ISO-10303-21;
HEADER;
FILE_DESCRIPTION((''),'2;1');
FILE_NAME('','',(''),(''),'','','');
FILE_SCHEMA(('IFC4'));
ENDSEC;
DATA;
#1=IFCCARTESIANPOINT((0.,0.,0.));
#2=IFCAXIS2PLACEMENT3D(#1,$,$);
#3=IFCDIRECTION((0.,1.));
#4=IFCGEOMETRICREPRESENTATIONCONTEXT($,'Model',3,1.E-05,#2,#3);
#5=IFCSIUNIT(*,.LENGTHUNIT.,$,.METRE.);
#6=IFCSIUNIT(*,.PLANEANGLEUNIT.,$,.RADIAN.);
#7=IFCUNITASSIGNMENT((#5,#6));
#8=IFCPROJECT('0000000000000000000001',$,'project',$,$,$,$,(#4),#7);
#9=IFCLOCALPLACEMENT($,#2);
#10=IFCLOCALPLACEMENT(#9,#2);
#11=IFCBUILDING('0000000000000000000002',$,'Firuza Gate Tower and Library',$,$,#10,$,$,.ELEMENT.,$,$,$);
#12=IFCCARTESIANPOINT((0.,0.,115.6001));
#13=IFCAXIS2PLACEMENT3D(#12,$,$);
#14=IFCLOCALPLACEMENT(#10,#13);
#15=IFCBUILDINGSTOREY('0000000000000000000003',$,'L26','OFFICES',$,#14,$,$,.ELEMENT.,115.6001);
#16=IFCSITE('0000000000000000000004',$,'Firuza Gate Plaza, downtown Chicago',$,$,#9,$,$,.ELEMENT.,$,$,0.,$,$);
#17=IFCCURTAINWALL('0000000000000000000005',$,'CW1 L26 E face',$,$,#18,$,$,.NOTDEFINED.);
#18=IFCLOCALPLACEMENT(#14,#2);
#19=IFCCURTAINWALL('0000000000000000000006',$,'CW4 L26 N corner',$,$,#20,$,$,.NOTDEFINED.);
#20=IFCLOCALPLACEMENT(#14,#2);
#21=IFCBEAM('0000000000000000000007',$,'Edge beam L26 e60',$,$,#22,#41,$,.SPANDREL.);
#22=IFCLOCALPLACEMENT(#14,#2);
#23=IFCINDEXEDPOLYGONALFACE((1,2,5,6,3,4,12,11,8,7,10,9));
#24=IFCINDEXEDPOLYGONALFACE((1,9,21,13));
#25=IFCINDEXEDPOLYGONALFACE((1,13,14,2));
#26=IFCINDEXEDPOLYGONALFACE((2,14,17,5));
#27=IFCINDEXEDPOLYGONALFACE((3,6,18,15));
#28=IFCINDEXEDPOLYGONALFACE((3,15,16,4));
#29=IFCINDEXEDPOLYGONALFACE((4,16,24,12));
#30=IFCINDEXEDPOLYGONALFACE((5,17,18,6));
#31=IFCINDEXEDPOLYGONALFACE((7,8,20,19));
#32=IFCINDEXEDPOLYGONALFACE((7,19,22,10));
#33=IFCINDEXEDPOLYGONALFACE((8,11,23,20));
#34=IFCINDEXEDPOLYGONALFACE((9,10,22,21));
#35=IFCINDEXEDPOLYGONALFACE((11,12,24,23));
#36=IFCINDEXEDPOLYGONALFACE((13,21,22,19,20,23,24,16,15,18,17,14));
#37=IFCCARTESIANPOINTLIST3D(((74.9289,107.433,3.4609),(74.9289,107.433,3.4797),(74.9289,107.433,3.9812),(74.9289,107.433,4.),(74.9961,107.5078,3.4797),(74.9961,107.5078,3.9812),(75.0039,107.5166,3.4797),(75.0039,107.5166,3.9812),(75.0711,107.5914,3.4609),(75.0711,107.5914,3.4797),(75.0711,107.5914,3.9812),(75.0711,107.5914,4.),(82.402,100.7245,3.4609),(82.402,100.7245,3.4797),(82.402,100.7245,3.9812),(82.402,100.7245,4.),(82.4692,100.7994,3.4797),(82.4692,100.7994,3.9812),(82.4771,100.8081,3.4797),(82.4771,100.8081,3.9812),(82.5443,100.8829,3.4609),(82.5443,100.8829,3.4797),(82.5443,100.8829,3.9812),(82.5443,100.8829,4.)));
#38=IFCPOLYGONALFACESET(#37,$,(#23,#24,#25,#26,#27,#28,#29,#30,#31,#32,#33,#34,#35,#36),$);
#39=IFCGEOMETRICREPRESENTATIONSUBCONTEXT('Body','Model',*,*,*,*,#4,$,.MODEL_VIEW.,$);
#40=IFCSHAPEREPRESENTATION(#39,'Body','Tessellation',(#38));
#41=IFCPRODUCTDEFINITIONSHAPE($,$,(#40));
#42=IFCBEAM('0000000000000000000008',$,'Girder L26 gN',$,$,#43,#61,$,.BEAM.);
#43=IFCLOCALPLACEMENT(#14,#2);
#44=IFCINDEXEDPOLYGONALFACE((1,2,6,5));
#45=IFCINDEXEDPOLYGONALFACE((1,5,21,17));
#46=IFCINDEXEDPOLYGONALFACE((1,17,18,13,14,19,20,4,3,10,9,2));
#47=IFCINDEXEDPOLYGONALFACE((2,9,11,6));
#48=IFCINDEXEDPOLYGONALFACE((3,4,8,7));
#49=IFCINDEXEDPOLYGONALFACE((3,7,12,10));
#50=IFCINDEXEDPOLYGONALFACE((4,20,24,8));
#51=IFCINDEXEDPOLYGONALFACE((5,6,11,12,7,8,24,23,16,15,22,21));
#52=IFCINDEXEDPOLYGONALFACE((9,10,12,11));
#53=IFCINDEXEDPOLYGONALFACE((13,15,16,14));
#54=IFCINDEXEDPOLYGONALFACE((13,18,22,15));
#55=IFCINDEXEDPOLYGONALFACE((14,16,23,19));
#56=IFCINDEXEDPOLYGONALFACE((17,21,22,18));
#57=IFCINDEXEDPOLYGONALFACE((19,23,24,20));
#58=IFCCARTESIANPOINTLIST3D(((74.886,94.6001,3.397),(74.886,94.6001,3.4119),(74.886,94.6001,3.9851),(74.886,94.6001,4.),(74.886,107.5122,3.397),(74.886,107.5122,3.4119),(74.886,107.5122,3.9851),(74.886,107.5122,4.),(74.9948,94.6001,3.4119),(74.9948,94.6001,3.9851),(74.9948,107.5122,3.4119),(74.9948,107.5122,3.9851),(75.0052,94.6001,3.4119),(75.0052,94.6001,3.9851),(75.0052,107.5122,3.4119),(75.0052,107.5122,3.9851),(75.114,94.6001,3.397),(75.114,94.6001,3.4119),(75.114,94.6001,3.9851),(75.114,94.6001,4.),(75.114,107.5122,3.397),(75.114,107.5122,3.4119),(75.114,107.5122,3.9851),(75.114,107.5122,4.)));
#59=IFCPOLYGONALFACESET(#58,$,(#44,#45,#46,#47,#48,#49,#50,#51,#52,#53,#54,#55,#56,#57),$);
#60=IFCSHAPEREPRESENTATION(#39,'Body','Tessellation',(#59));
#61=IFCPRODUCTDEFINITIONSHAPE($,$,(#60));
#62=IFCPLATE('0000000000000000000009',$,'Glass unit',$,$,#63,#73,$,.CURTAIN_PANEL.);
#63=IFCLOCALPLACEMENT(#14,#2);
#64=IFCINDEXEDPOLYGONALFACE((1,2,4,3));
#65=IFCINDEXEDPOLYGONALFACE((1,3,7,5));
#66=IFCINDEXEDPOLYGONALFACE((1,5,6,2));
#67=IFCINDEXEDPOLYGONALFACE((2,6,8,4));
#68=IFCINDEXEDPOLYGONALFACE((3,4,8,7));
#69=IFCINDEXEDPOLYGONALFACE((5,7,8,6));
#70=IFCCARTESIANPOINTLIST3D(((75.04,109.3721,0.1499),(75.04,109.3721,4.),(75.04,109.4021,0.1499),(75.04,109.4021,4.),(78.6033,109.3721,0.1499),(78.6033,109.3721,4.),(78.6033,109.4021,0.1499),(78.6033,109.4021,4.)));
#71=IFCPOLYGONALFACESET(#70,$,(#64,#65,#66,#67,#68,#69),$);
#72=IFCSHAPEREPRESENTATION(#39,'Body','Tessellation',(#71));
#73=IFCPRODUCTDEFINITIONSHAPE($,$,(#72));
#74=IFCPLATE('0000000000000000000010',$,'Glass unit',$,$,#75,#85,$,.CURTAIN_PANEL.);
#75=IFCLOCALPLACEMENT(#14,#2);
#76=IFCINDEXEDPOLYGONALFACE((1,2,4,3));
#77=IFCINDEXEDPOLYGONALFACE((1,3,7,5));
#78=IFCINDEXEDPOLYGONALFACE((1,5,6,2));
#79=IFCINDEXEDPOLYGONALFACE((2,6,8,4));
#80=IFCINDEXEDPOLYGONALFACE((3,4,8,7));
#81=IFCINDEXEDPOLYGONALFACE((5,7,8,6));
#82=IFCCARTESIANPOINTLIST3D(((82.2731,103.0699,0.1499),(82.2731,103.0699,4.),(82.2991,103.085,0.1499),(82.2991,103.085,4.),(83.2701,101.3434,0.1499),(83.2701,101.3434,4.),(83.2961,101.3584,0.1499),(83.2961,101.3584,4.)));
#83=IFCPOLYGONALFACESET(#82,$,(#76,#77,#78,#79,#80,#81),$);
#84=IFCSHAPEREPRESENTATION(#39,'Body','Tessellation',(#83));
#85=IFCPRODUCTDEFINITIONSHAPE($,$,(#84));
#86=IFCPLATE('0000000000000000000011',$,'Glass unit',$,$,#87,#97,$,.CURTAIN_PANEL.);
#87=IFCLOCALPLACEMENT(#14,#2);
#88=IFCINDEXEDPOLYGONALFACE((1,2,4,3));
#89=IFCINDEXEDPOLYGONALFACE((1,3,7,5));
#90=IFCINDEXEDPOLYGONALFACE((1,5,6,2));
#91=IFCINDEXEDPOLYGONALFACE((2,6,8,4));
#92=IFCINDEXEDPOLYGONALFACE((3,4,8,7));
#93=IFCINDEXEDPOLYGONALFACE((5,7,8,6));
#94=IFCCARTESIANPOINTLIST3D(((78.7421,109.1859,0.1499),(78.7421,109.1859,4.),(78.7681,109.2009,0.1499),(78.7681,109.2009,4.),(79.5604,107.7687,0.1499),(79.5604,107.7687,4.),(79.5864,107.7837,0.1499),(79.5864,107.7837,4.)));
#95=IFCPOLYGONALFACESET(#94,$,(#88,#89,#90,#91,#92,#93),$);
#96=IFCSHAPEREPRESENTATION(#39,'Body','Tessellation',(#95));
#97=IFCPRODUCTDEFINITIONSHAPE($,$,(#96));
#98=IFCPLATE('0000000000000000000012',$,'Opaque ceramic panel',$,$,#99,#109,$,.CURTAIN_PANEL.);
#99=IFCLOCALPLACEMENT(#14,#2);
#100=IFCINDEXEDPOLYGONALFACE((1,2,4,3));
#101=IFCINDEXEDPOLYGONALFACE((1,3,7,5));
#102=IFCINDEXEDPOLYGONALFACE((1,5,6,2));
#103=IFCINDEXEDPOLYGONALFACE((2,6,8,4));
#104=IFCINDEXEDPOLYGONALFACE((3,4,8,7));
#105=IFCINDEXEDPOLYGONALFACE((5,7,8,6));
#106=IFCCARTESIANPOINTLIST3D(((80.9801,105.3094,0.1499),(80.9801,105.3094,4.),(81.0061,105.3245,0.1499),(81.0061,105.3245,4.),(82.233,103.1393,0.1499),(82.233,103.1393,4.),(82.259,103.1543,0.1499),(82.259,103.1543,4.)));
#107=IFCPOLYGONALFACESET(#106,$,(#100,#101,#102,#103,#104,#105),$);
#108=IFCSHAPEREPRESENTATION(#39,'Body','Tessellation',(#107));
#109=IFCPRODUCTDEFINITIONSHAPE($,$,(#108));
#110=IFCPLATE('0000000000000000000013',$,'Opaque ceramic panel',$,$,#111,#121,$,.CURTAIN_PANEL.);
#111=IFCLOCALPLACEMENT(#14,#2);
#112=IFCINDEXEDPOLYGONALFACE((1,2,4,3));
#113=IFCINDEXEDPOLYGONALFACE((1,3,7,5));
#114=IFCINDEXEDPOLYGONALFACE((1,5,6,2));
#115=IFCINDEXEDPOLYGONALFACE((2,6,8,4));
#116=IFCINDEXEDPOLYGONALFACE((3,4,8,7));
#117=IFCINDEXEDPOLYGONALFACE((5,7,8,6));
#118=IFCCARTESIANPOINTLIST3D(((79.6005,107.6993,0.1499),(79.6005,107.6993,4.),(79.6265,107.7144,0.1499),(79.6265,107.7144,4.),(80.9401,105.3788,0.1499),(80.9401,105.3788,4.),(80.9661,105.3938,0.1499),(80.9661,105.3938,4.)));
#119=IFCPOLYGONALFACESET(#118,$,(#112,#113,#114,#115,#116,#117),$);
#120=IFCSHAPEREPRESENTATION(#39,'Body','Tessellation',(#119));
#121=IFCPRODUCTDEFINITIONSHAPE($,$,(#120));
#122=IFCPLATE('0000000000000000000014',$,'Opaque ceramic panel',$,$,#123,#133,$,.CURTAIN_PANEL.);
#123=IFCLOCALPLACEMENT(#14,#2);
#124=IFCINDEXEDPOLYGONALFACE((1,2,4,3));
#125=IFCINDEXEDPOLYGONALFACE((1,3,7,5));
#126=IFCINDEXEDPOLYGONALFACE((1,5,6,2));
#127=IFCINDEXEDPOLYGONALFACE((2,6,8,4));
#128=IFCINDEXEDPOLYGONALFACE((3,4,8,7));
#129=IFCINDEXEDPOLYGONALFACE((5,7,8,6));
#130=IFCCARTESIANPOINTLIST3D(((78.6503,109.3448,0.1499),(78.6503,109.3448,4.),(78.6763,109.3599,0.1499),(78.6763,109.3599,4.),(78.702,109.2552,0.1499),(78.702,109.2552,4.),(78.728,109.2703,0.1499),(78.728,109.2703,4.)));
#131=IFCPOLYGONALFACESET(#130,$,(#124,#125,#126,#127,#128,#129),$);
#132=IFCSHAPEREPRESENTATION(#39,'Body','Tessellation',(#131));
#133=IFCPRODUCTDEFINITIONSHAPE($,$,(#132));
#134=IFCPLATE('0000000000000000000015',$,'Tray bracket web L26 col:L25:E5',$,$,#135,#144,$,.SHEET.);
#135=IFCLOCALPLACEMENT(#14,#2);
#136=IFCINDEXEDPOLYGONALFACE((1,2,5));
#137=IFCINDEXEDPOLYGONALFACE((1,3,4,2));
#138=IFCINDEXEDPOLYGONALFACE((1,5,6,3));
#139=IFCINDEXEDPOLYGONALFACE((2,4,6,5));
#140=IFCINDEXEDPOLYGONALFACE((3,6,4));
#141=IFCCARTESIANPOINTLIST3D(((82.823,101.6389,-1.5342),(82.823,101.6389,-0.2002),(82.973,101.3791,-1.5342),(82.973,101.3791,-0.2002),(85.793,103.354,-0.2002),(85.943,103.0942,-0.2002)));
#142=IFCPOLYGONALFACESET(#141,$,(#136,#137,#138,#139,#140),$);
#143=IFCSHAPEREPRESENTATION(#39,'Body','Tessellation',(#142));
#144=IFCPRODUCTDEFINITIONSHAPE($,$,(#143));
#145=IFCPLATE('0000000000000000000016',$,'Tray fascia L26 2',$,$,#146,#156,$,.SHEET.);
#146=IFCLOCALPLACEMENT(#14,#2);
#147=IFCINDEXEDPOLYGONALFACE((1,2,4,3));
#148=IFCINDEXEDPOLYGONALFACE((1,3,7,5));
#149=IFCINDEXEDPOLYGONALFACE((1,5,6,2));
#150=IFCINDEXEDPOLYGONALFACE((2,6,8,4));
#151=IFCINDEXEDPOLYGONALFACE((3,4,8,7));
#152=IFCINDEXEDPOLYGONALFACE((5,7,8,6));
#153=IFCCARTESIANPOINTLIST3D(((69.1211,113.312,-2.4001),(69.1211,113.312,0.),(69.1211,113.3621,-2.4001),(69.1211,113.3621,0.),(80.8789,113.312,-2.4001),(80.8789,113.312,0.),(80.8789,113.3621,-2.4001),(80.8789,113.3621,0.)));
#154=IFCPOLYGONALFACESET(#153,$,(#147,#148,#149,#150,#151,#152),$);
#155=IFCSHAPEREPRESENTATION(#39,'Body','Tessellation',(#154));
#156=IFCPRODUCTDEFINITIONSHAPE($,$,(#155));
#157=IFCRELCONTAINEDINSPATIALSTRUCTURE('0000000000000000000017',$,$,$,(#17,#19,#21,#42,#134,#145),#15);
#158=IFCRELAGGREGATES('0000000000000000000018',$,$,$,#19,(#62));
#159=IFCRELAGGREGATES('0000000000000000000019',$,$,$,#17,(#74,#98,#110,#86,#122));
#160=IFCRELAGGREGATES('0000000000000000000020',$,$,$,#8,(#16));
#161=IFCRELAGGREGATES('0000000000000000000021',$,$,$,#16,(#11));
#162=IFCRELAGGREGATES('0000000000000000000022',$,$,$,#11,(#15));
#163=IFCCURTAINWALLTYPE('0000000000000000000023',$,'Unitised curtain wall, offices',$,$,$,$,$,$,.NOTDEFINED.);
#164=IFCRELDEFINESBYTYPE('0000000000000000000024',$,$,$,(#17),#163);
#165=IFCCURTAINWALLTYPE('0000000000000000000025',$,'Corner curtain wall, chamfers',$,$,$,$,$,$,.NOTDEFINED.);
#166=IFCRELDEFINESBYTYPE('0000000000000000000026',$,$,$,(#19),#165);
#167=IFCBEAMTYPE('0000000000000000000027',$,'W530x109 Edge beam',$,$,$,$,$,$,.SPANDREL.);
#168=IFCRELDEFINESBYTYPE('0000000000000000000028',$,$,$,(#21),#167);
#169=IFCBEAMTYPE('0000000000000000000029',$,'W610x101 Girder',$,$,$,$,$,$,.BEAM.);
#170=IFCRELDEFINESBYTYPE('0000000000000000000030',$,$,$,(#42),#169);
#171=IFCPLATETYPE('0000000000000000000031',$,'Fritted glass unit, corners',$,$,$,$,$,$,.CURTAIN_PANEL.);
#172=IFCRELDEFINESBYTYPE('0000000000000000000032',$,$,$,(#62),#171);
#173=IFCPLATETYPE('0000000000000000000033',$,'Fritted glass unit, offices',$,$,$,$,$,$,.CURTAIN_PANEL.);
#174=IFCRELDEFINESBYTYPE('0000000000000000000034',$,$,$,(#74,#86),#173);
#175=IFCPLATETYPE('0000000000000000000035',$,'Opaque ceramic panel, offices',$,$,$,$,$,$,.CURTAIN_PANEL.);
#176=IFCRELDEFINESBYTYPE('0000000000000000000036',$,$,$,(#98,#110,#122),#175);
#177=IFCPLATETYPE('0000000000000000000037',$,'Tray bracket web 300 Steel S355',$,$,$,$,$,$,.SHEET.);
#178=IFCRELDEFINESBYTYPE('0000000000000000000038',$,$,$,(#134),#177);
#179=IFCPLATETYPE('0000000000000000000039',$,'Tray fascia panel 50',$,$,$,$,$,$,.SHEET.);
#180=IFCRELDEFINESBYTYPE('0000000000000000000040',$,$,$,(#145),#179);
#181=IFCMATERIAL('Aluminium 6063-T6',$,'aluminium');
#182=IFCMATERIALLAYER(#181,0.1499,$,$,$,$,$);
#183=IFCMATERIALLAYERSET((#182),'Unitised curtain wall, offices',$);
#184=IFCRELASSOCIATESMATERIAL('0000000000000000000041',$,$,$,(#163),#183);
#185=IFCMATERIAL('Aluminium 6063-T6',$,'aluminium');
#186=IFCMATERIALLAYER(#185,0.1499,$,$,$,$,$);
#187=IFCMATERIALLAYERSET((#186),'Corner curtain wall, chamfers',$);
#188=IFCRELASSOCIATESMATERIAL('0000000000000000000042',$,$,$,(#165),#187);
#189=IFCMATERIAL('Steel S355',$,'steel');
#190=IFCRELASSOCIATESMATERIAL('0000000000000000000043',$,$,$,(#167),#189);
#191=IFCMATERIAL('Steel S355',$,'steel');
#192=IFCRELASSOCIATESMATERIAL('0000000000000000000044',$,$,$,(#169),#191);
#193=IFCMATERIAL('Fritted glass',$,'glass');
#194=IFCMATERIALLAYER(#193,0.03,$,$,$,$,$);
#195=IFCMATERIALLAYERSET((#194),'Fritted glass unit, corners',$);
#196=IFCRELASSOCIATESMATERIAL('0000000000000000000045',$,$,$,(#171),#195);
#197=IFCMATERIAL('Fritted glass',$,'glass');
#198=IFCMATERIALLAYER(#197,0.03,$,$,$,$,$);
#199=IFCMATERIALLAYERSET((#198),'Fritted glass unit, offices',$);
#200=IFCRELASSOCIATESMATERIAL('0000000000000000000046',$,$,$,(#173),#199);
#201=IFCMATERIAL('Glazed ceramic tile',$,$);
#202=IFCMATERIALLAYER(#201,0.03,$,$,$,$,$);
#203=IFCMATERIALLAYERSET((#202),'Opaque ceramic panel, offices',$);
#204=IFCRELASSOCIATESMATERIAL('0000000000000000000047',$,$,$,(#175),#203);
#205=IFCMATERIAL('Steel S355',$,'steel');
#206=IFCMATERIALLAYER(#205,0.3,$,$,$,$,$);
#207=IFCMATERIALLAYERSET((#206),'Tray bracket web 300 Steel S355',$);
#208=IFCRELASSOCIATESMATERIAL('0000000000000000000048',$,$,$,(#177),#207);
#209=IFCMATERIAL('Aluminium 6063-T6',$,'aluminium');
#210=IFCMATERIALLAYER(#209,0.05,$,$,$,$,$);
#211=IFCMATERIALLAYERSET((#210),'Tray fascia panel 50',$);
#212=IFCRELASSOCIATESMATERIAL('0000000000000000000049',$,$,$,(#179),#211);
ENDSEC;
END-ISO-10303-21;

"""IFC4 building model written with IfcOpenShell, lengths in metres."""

from ifc_helpers import new_model, si_unit, direction, frame, origin, origin_2d, place, context, subcontext, project, spatial, polyline, i_section, outline, extrude, material, layer, layer_set, material_profile, profile_set, type_object, element, aggregate, save


model = new_model("IFC4")

# Units and contexts
model_context = context("Model", 3, precision=1e-05, world=origin(), true_north=direction((0.0, 1.0)))
body_context = subcontext(model_context, "Body", "Model", "MODEL_VIEW")
ifc_project = project(units=[si_unit("LENGTHUNIT", "METRE"), si_unit("PLANEANGLEUNIT", "RADIAN")], contexts=[model_context])

# Site, building, storey
site_placement = place(None, origin())
site = spatial("IfcSite", under=ifc_project, at=site_placement, Name="Firuza Gate Plaza, downtown Chicago", CompositionType="ELEMENT", RefElevation=0.0)
building_placement = place(site_placement, origin())
building = spatial("IfcBuilding", under=site, at=building_placement, Name="Firuza Gate Tower and Library", CompositionType="ELEMENT")
storey_placement = place(building_placement, frame((0.0, 0.0, 115.6001)))
storey = spatial("IfcBuildingStorey", under=building, at=storey_placement, Name="L26", Description="OFFICES", CompositionType="ELEMENT", Elevation=115.6001)

# Curtain walls
ifc_material_1 = material(Name="Aluminium 6063-T6", Category="aluminium")
ifc_layer_1 = layer(ifc_material_1, 0.1499)
ifc_layer_set_1 = layer_set([ifc_layer_1], Name="Unitised curtain wall, offices")
curtain_wall_type_1 = type_object("IfcCurtainWallType", Name="Unitised curtain wall, offices", PredefinedType="NOTDEFINED", material=ifc_layer_set_1)
placement = place(storey_placement, origin())
curtain_wall_1 = element("IfcCurtainWall", 1, at=placement, inside=storey, type_object=curtain_wall_type_1, Name="CW1 L26 E face", PredefinedType="NOTDEFINED")
ifc_material_2 = material(Name="Aluminium 6063-T6", Category="aluminium")
ifc_layer_2 = layer(ifc_material_2, 0.1499)
ifc_layer_set_2 = layer_set([ifc_layer_2], Name="Corner curtain wall, chamfers")
curtain_wall_type_2 = type_object("IfcCurtainWallType", Name="Corner curtain wall, chamfers", PredefinedType="NOTDEFINED", material=ifc_layer_set_2)
curtain_wall_2 = element("IfcCurtainWall", 2, at=placement, inside=storey, type_object=curtain_wall_type_2, Name="CW4 L26 N corner", PredefinedType="NOTDEFINED")

# Beams
ifc_material_3 = material(Name="Steel S355", Category="steel")
ifc_material_profile_1 = material_profile(ifc_material_3, i_section(OverallWidth=0.2129, OverallDepth=0.5391, WebThickness=0.0117, FlangeThickness=0.0188, at=origin_2d()))
ifc_profile_set_1 = profile_set([ifc_material_profile_1], Name="Steel S355")
beam_type_1 = type_object("IfcBeamType", Name="W530x109 Edge beam", PredefinedType="SPANDREL", material=ifc_profile_set_1)
beam_1_placement = place(storey_placement, frame((82.4731, 100.8037, 3.7305), z_axis=(-0.744152, 0.668011, 0.0), x_axis=(-0.668011, -0.744152, 0.0)))
element("IfcBeam", 3, at=beam_1_placement, inside=storey, type_object=beam_type_1, Name="Edge beam L26 e60", PredefinedType="SPANDREL", context=body_context, shape_type="SweptSolid", body=[
    extrude(i_section(OverallWidth=0.2129, OverallDepth=0.5391, WebThickness=0.0117, FlangeThickness=0.0188, at=origin_2d()), origin(), (0.0, 0.0, 1.0), 10.0425),
])
ifc_material_4 = material(Name="Steel S355", Category="steel")
ifc_material_profile_2 = material_profile(ifc_material_4, i_section(OverallWidth=0.228, OverallDepth=0.603, WebThickness=0.0105, FlangeThickness=0.0149, at=origin_2d()))
ifc_profile_set_2 = profile_set([ifc_material_profile_2], Name="Steel S355")
beam_type_2 = type_object("IfcBeamType", Name="W610x101 Girder", PredefinedType="BEAM", material=ifc_profile_set_2)
beam_2_placement = place(storey_placement, frame((75.0, 107.5122, 3.6985), z_axis=(0.0, -1.0, 0.0), x_axis=(1.0, 0.0, 0.0)))
element("IfcBeam", 4, at=beam_2_placement, inside=storey, type_object=beam_type_2, Name="Girder L26 gN", PredefinedType="BEAM", context=body_context, shape_type="SweptSolid", body=[
    extrude(i_section(OverallWidth=0.228, OverallDepth=0.603, WebThickness=0.0105, FlangeThickness=0.0149, at=origin_2d()), origin(), (0.0, 0.0, 1.0), 12.9121),
])

# Plates
ifc_material_5 = material(Name="Fritted glass", Category="glass")
ifc_layer_3 = layer(ifc_material_5, 0.03)
ifc_layer_set_3 = layer_set([ifc_layer_3], Name="Fritted glass unit, corners")
plate_type_1 = type_object("IfcPlateType", Name="Fritted glass unit, corners", PredefinedType="CURTAIN_PANEL", material=ifc_layer_set_3)
plate_1_placement = place(storey_placement, frame((78.6033, 109.4021, 0.1499), z_axis=(0.0, 1.0, 0.0), x_axis=(-1.0, 0.0, 0.0)))
plate_1 = element("IfcPlate", 5, at=plate_1_placement, type_object=plate_type_1, Name="Glass unit", PredefinedType="CURTAIN_PANEL", context=body_context, shape_type="SweptSolid", body=[
    extrude(outline(polyline([(0.0, 0.0), (3.5632, 0.0), (3.5632, 3.8501), (0.0, 3.8501), (0.0, 0.0)])), origin(), (0.0, 0.0, -1.0), 0.03),
])
aggregate(curtain_wall_2, [plate_1])
ifc_material_6 = material(Name="Fritted glass", Category="glass")
ifc_layer_4 = layer(ifc_material_6, 0.03)
ifc_layer_set_4 = layer_set([ifc_layer_4], Name="Fritted glass unit, offices")
plate_type_2 = type_object("IfcPlateType", Name="Fritted glass unit, offices", PredefinedType="CURTAIN_PANEL", material=ifc_layer_set_4)
plate_2_placement = place(storey_placement, frame((83.2961, 101.3584, 0.1499), z_axis=(0.865973, 0.50009, 0.0), x_axis=(-0.50009, 0.865973, 0.0)))
plate_2 = element("IfcPlate", 6, at=plate_2_placement, type_object=plate_type_2, Name="Glass unit", PredefinedType="CURTAIN_PANEL", context=body_context, shape_type="SweptSolid", body=[
    extrude(outline(polyline([(0.0, 0.0), (1.9938, 0.0), (1.9938, 3.8501), (0.0, 3.8501), (0.0, 0.0)])), origin(), (0.0, 0.0, -1.0), 0.03),
])
plate_3_placement = place(storey_placement, frame((79.5864, 107.7837, 0.1499), z_axis=(0.865994, 0.500054, 0.0), x_axis=(-0.500054, 0.865994, 0.0)))
plate_3 = element("IfcPlate", 7, at=plate_3_placement, type_object=plate_type_2, Name="Glass unit", PredefinedType="CURTAIN_PANEL", context=body_context, shape_type="SweptSolid", body=[
    extrude(outline(polyline([(0.0, 0.0), (1.6365, 0.0), (1.6365, 3.8501), (0.0, 3.8501), (0.0, 0.0)])), origin(), (0.0, 0.0, -1.0), 0.03),
])
ifc_material_7 = material(Name="Glazed ceramic tile")
ifc_layer_5 = layer(ifc_material_7, 0.03)
ifc_layer_set_5 = layer_set([ifc_layer_5], Name="Opaque ceramic panel, offices")
plate_type_3 = type_object("IfcPlateType", Name="Opaque ceramic panel, offices", PredefinedType="CURTAIN_PANEL", material=ifc_layer_set_5)
plate_4_placement = place(storey_placement, frame((82.259, 103.1543, 0.1499), z_axis=(0.866028, 0.499995, 0.0), x_axis=(-0.499995, 0.866028, 0.0)))
plate_4 = element("IfcPlate", 8, at=plate_4_placement, type_object=plate_type_3, Name="Opaque ceramic panel", PredefinedType="CURTAIN_PANEL", context=body_context, shape_type="SweptSolid", body=[
    extrude(outline(polyline([(0.0, 0.0), (2.5059, 0.0), (2.5059, 3.8501), (0.0, 3.8501), (0.0, 0.0)])), origin(), (0.0, 0.0, -1.0), 0.03),
])
plate_5_placement = place(storey_placement, frame((80.9661, 105.3938, 0.1499), z_axis=(0.866054, 0.499951, 0.0), x_axis=(-0.499951, 0.866054, 0.0)))
plate_5 = element("IfcPlate", 9, at=plate_5_placement, type_object=plate_type_3, Name="Opaque ceramic panel", PredefinedType="CURTAIN_PANEL", context=body_context, shape_type="SweptSolid", body=[
    extrude(outline(polyline([(0.0, 0.0), (2.6795, 0.0), (2.6795, 3.8501), (0.0, 3.8501), (0.0, 0.0)])), origin(), (0.0, 0.0, -1.0), 0.03),
])
plate_6_placement = place(storey_placement, frame((78.728, 109.2703, 0.1499), z_axis=(0.86591, 0.500199, 0.0), x_axis=(-0.500199, 0.86591, 0.0)))
plate_6 = element("IfcPlate", 10, at=plate_6_placement, type_object=plate_type_3, Name="Opaque ceramic panel", PredefinedType="CURTAIN_PANEL", context=body_context, shape_type="SweptSolid", body=[
    extrude(outline(polyline([(0.0, 0.0), (0.1035, 0.0), (0.1035, 3.8501), (0.0, 3.8501), (0.0, 0.0)])), origin(), (0.0, 0.0, -1.0), 0.03),
])
aggregate(curtain_wall_1, [plate_2, plate_4, plate_5, plate_3, plate_6])

# Plates
ifc_material_8 = material(Name="Steel S355", Category="steel")
ifc_layer_6 = layer(ifc_material_8, 0.3)
ifc_layer_set_6 = layer_set([ifc_layer_6], Name="Tray bracket web 300 Steel S355")
plate_type_4 = type_object("IfcPlateType", Name="Tray bracket web 300 Steel S355", PredefinedType="SHEET", material=ifc_layer_set_6)
plate_7_placement = place(storey_placement, frame((82.823, 101.6389, -0.2002), z_axis=(-0.500082, 0.865978, 0.0), x_axis=(0.865978, 0.500082, 0.0)))
element("IfcPlate", 11, at=plate_7_placement, inside=storey, type_object=plate_type_4, Name="Tray bracket web L26 col:L25:E5", PredefinedType="SHEET", context=body_context, shape_type="SweptSolid", body=[
    extrude(outline(polyline([(0.0, 0.0), (3.4296, 0.0), (0.0, 1.334), (0.0, 0.0)])), origin(), (0.0, 0.0, -1.0), 0.3),
])
ifc_material_9 = material(Name="Aluminium 6063-T6", Category="aluminium")
ifc_layer_7 = layer(ifc_material_9, 0.05)
ifc_layer_set_7 = layer_set([ifc_layer_7], Name="Tray fascia panel 50")
plate_type_5 = type_object("IfcPlateType", Name="Tray fascia panel 50", PredefinedType="SHEET", material=ifc_layer_set_7)
plate_8_placement = place(storey_placement, frame((80.8789, 113.3621, -2.4001), z_axis=(0.0, 1.0, 0.0), x_axis=(-1.0, 0.0, 0.0)))
element("IfcPlate", 12, at=plate_8_placement, inside=storey, type_object=plate_type_5, Name="Tray fascia L26 2", PredefinedType="SHEET", context=body_context, shape_type="SweptSolid", body=[
    extrude(outline(polyline([(0.0, 0.0), (11.7578, 0.0), (11.7578, 2.4001), (0.0, 2.4001), (0.0, 0.0)])), origin(), (0.0, 0.0, -1.0), 0.05),
])

save(model, "model.ifc")
